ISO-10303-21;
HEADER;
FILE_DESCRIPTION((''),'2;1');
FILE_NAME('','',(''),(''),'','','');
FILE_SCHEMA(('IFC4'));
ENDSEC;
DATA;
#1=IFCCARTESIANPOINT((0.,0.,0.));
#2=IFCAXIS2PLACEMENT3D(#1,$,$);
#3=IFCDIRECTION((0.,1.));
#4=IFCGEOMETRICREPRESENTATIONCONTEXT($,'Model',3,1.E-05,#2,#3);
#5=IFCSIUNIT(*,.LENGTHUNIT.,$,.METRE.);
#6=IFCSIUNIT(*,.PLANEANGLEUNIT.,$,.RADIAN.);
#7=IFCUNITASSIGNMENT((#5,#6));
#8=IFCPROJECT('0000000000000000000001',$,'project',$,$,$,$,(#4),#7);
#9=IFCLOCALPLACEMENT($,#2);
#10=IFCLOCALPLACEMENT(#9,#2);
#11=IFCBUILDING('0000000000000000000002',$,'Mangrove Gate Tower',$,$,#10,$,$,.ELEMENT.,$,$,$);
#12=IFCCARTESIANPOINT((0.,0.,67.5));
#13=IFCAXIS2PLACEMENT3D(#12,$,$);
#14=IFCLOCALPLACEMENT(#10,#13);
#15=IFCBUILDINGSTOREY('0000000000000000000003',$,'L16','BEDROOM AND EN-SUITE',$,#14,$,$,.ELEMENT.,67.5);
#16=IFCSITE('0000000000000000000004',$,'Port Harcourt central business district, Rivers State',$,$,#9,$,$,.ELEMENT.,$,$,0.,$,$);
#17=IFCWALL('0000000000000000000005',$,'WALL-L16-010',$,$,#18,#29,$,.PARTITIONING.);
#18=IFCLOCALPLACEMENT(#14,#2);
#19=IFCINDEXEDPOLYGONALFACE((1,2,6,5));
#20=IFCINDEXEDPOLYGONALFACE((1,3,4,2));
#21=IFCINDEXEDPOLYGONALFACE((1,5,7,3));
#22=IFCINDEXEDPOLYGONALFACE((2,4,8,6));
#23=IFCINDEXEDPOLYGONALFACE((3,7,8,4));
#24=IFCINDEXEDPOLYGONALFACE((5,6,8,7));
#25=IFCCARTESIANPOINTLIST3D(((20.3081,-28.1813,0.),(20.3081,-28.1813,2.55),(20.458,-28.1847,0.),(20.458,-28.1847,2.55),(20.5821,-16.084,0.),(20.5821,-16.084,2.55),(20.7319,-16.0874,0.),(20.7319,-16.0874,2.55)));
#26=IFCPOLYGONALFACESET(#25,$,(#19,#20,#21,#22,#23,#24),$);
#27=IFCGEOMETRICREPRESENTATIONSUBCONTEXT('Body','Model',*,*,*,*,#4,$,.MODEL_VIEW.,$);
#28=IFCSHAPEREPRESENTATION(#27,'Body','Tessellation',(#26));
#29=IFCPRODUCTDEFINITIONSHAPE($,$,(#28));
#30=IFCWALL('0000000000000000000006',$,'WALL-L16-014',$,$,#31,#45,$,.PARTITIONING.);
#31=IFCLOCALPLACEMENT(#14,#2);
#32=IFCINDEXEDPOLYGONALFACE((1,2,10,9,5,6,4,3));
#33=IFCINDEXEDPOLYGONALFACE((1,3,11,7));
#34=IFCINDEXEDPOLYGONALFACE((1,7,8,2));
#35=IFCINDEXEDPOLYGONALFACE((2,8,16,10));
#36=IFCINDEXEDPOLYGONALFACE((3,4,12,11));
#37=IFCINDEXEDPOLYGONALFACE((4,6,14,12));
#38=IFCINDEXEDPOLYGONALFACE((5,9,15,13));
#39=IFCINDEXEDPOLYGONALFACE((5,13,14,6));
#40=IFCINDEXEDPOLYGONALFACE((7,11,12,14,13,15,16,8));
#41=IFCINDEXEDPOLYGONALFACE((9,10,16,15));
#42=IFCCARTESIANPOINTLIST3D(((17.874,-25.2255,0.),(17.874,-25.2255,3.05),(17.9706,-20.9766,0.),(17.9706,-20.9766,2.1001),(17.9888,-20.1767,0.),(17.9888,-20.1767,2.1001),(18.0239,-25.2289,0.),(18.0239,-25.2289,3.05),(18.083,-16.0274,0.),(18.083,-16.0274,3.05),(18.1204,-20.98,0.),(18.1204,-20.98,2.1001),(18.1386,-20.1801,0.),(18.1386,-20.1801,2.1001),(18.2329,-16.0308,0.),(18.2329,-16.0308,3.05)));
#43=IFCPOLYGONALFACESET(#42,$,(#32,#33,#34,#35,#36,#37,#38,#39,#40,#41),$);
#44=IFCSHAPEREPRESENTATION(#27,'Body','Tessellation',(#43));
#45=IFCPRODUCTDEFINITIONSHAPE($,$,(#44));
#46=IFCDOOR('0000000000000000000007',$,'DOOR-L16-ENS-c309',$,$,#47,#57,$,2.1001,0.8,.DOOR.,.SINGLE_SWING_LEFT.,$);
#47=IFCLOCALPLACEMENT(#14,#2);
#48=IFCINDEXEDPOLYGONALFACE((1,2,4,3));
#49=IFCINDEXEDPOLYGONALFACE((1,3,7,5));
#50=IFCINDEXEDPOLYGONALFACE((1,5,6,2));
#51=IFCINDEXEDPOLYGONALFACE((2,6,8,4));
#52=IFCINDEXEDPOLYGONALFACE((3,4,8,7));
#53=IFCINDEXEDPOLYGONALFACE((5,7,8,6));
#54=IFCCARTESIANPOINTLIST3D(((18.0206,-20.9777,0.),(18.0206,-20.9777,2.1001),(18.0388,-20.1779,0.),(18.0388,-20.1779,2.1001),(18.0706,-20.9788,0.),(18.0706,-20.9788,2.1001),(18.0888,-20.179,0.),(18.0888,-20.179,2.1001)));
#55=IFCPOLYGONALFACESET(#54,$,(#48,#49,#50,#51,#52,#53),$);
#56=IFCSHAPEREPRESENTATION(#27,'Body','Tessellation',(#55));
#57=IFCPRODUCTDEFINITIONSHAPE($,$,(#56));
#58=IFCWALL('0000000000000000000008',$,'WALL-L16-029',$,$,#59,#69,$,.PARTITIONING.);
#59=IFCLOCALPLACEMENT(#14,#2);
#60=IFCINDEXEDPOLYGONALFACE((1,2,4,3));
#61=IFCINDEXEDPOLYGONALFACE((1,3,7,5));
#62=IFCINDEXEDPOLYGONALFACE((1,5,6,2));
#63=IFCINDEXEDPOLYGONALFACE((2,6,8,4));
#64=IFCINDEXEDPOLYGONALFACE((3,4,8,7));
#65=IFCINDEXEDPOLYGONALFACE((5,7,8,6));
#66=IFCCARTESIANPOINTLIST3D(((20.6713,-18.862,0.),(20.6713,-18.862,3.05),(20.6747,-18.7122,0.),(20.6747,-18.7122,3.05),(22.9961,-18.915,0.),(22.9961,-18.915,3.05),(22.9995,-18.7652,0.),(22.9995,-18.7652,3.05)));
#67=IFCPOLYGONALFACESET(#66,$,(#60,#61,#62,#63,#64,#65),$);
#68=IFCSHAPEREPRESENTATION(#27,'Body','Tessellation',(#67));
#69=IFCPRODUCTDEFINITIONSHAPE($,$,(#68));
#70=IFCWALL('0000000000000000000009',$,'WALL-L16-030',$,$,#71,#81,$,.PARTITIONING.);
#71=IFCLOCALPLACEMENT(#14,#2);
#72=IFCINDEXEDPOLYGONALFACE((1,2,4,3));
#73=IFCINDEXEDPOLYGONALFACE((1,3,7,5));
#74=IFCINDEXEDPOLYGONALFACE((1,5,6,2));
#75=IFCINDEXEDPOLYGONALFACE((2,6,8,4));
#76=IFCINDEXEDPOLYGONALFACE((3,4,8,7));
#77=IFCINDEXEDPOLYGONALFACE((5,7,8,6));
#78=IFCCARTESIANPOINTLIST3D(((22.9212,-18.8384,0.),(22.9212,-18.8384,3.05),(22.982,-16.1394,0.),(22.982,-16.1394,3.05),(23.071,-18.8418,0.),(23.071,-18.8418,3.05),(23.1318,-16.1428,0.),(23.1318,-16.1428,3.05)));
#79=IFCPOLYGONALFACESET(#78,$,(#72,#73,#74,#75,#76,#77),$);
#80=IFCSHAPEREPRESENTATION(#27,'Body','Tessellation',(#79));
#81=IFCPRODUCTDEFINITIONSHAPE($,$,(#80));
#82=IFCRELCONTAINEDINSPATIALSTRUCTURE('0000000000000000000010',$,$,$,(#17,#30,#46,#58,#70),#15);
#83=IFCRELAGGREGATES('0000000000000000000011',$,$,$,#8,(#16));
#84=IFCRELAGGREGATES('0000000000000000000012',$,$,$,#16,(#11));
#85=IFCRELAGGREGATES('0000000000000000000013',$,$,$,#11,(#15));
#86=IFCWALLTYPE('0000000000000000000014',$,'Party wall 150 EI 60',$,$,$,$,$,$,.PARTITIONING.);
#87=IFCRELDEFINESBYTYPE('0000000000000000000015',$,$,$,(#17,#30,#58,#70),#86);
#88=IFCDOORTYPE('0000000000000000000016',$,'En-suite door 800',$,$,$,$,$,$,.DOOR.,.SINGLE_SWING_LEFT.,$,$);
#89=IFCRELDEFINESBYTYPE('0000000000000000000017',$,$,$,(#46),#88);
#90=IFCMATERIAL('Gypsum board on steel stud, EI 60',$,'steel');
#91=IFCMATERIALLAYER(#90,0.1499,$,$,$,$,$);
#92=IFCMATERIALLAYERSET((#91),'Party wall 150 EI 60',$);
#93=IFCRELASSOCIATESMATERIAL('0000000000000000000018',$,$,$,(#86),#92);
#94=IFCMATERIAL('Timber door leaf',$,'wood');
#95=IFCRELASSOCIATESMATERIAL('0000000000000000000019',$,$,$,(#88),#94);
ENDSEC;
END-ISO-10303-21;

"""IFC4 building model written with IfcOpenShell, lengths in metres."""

from ifc_helpers import new_model, si_unit, direction, frame, frame_2d, origin, place, context, subcontext, project, spatial, rectangle, extrude, material, layer, layer_set, type_object, element, fill, save


model = new_model("IFC4")

# Units and contexts
model_context = context("Model", 3, precision=1e-05, world=origin(), true_north=direction((0.0, 1.0)))
body_context = subcontext(model_context, "Body", "Model", "MODEL_VIEW")
ifc_project = project(units=[si_unit("LENGTHUNIT", "METRE"), si_unit("PLANEANGLEUNIT", "RADIAN")], contexts=[model_context])

# Site, building, storey
site_placement = place(None, origin())
site = spatial("IfcSite", under=ifc_project, at=site_placement, Name="Port Harcourt central business district, Rivers State", CompositionType="ELEMENT", RefElevation=0.0)
building_placement = place(site_placement, origin())
building = spatial("IfcBuilding", under=site, at=building_placement, Name="Mangrove Gate Tower", CompositionType="ELEMENT")
storey_placement = place(building_placement, frame((0.0, 0.0, 67.5)))
storey = spatial("IfcBuildingStorey", under=building, at=storey_placement, Name="L16", Description="BEDROOM AND EN-SUITE", CompositionType="ELEMENT", Elevation=67.5)

# Wall
ifc_material_1 = material(Name="Gypsum board on steel stud, EI 60", Category="steel")
ifc_layer_1 = layer(ifc_material_1, 0.1499)
ifc_layer_set_1 = layer_set([ifc_layer_1], Name="Party wall 150 EI 60")
wall_type_1 = type_object("IfcWallType", Name="Party wall 150 EI 60", PredefinedType="PARTITIONING", material=ifc_layer_set_1)
wall_1_placement = place(storey_placement, frame((20.3831, -28.1831, 0.0), z_axis=(0.0, 0.0, 1.0), x_axis=(0.022638, 0.999744, 0.0)))
element("IfcWall", 1, at=wall_1_placement, inside=storey, type_object=wall_type_1, Name="WALL-L16-010", PredefinedType="PARTITIONING", context=body_context, shape_type="SweptSolid", body=[
    extrude(rectangle(XDim=12.1003, YDim=0.1499, at=frame_2d((6.0503, 0.0))), origin(), (0.0, 0.0, 1.0), 2.55),
])

# Wall, opening, door
wall_2_placement = place(storey_placement, frame((17.949, -25.2271, 0.0), z_axis=(0.0, 0.0, 1.0), x_axis=(0.022715, 0.999742, 0.0)))
wall_2 = element("IfcWall", 2, at=wall_2_placement, inside=storey, type_object=wall_type_1, Name="WALL-L16-014", PredefinedType="PARTITIONING", context=body_context, shape_type="SweptSolid", body=[
    extrude(rectangle(XDim=9.2004, YDim=0.1499, at=frame_2d((4.6001, 0.0))), origin(), (0.0, 0.0, 1.0), 3.05),
])
opening_1_placement = place(wall_2_placement, frame((4.25, 0.0, 0.0)))
opening_1 = element("IfcOpeningElement", 3, at=opening_1_placement, cuts=wall_2, PredefinedType="OPENING", context=body_context, shape_type="SweptSolid", body=[
    extrude(rectangle(XDim=0.8, YDim=2.1001, at=frame_2d((0.3999, 1.05))), frame((0.0, 0.085, 0.0), z_axis=(0.0, -1.0, 0.0), x_axis=(1.0, 0.0, 0.0)), (0.0, 0.0, 1.0), 0.1699),
])
ifc_material_2 = material(Name="Timber door leaf", Category="wood")
door_type_1 = type_object("IfcDoorType", Name="En-suite door 800", OperationType="SINGLE_SWING_LEFT", PredefinedType="DOOR", material=ifc_material_2)
door_1_placement = place(opening_1_placement, origin())
door_1 = element("IfcDoor", 4, at=door_1_placement, inside=storey, type_object=door_type_1, Name="DOOR-L16-ENS-c309", OperationType="SINGLE_SWING_LEFT", OverallHeight=2.1001, OverallWidth=0.8, PredefinedType="DOOR", context=body_context, shape_type="SweptSolid", body=[
    extrude(rectangle(XDim=0.8, YDim=2.1001, at=frame_2d((0.3999, 1.05))), frame((0.0, 0.0249, 0.0), z_axis=(0.0, -1.0, 0.0), x_axis=(1.0, 0.0, 0.0)), (0.0, 0.0, 1.0), 0.05),
])
fill(opening_1, door_1)

# Walls
wall_3_placement = place(storey_placement, frame((20.6731, -18.7871, 0.0), z_axis=(0.0, 0.0, 1.0), x_axis=(0.99974, -0.022781, 0.0)))
element("IfcWall", 5, at=wall_3_placement, inside=storey, type_object=wall_type_1, Name="WALL-L16-029", PredefinedType="PARTITIONING", context=body_context, shape_type="SweptSolid", body=[
    extrude(rectangle(XDim=2.3254, YDim=0.1499, at=frame_2d((1.1626, 0.0))), origin(), (0.0, 0.0, 1.0), 3.05),
])
wall_4_placement = place(storey_placement, frame((22.9961, -18.8401, 0.0), z_axis=(0.0, 0.0, 1.0), x_axis=(0.022518, 0.999746, 0.0)))
element("IfcWall", 6, at=wall_4_placement, inside=storey, type_object=wall_type_1, Name="WALL-L16-030", PredefinedType="PARTITIONING", context=body_context, shape_type="SweptSolid", body=[
    extrude(rectangle(XDim=2.6997, YDim=0.1499, at=frame_2d((1.3499, 0.0))), origin(), (0.0, 0.0, 1.0), 3.05),
])

save(model, "model.ifc")
